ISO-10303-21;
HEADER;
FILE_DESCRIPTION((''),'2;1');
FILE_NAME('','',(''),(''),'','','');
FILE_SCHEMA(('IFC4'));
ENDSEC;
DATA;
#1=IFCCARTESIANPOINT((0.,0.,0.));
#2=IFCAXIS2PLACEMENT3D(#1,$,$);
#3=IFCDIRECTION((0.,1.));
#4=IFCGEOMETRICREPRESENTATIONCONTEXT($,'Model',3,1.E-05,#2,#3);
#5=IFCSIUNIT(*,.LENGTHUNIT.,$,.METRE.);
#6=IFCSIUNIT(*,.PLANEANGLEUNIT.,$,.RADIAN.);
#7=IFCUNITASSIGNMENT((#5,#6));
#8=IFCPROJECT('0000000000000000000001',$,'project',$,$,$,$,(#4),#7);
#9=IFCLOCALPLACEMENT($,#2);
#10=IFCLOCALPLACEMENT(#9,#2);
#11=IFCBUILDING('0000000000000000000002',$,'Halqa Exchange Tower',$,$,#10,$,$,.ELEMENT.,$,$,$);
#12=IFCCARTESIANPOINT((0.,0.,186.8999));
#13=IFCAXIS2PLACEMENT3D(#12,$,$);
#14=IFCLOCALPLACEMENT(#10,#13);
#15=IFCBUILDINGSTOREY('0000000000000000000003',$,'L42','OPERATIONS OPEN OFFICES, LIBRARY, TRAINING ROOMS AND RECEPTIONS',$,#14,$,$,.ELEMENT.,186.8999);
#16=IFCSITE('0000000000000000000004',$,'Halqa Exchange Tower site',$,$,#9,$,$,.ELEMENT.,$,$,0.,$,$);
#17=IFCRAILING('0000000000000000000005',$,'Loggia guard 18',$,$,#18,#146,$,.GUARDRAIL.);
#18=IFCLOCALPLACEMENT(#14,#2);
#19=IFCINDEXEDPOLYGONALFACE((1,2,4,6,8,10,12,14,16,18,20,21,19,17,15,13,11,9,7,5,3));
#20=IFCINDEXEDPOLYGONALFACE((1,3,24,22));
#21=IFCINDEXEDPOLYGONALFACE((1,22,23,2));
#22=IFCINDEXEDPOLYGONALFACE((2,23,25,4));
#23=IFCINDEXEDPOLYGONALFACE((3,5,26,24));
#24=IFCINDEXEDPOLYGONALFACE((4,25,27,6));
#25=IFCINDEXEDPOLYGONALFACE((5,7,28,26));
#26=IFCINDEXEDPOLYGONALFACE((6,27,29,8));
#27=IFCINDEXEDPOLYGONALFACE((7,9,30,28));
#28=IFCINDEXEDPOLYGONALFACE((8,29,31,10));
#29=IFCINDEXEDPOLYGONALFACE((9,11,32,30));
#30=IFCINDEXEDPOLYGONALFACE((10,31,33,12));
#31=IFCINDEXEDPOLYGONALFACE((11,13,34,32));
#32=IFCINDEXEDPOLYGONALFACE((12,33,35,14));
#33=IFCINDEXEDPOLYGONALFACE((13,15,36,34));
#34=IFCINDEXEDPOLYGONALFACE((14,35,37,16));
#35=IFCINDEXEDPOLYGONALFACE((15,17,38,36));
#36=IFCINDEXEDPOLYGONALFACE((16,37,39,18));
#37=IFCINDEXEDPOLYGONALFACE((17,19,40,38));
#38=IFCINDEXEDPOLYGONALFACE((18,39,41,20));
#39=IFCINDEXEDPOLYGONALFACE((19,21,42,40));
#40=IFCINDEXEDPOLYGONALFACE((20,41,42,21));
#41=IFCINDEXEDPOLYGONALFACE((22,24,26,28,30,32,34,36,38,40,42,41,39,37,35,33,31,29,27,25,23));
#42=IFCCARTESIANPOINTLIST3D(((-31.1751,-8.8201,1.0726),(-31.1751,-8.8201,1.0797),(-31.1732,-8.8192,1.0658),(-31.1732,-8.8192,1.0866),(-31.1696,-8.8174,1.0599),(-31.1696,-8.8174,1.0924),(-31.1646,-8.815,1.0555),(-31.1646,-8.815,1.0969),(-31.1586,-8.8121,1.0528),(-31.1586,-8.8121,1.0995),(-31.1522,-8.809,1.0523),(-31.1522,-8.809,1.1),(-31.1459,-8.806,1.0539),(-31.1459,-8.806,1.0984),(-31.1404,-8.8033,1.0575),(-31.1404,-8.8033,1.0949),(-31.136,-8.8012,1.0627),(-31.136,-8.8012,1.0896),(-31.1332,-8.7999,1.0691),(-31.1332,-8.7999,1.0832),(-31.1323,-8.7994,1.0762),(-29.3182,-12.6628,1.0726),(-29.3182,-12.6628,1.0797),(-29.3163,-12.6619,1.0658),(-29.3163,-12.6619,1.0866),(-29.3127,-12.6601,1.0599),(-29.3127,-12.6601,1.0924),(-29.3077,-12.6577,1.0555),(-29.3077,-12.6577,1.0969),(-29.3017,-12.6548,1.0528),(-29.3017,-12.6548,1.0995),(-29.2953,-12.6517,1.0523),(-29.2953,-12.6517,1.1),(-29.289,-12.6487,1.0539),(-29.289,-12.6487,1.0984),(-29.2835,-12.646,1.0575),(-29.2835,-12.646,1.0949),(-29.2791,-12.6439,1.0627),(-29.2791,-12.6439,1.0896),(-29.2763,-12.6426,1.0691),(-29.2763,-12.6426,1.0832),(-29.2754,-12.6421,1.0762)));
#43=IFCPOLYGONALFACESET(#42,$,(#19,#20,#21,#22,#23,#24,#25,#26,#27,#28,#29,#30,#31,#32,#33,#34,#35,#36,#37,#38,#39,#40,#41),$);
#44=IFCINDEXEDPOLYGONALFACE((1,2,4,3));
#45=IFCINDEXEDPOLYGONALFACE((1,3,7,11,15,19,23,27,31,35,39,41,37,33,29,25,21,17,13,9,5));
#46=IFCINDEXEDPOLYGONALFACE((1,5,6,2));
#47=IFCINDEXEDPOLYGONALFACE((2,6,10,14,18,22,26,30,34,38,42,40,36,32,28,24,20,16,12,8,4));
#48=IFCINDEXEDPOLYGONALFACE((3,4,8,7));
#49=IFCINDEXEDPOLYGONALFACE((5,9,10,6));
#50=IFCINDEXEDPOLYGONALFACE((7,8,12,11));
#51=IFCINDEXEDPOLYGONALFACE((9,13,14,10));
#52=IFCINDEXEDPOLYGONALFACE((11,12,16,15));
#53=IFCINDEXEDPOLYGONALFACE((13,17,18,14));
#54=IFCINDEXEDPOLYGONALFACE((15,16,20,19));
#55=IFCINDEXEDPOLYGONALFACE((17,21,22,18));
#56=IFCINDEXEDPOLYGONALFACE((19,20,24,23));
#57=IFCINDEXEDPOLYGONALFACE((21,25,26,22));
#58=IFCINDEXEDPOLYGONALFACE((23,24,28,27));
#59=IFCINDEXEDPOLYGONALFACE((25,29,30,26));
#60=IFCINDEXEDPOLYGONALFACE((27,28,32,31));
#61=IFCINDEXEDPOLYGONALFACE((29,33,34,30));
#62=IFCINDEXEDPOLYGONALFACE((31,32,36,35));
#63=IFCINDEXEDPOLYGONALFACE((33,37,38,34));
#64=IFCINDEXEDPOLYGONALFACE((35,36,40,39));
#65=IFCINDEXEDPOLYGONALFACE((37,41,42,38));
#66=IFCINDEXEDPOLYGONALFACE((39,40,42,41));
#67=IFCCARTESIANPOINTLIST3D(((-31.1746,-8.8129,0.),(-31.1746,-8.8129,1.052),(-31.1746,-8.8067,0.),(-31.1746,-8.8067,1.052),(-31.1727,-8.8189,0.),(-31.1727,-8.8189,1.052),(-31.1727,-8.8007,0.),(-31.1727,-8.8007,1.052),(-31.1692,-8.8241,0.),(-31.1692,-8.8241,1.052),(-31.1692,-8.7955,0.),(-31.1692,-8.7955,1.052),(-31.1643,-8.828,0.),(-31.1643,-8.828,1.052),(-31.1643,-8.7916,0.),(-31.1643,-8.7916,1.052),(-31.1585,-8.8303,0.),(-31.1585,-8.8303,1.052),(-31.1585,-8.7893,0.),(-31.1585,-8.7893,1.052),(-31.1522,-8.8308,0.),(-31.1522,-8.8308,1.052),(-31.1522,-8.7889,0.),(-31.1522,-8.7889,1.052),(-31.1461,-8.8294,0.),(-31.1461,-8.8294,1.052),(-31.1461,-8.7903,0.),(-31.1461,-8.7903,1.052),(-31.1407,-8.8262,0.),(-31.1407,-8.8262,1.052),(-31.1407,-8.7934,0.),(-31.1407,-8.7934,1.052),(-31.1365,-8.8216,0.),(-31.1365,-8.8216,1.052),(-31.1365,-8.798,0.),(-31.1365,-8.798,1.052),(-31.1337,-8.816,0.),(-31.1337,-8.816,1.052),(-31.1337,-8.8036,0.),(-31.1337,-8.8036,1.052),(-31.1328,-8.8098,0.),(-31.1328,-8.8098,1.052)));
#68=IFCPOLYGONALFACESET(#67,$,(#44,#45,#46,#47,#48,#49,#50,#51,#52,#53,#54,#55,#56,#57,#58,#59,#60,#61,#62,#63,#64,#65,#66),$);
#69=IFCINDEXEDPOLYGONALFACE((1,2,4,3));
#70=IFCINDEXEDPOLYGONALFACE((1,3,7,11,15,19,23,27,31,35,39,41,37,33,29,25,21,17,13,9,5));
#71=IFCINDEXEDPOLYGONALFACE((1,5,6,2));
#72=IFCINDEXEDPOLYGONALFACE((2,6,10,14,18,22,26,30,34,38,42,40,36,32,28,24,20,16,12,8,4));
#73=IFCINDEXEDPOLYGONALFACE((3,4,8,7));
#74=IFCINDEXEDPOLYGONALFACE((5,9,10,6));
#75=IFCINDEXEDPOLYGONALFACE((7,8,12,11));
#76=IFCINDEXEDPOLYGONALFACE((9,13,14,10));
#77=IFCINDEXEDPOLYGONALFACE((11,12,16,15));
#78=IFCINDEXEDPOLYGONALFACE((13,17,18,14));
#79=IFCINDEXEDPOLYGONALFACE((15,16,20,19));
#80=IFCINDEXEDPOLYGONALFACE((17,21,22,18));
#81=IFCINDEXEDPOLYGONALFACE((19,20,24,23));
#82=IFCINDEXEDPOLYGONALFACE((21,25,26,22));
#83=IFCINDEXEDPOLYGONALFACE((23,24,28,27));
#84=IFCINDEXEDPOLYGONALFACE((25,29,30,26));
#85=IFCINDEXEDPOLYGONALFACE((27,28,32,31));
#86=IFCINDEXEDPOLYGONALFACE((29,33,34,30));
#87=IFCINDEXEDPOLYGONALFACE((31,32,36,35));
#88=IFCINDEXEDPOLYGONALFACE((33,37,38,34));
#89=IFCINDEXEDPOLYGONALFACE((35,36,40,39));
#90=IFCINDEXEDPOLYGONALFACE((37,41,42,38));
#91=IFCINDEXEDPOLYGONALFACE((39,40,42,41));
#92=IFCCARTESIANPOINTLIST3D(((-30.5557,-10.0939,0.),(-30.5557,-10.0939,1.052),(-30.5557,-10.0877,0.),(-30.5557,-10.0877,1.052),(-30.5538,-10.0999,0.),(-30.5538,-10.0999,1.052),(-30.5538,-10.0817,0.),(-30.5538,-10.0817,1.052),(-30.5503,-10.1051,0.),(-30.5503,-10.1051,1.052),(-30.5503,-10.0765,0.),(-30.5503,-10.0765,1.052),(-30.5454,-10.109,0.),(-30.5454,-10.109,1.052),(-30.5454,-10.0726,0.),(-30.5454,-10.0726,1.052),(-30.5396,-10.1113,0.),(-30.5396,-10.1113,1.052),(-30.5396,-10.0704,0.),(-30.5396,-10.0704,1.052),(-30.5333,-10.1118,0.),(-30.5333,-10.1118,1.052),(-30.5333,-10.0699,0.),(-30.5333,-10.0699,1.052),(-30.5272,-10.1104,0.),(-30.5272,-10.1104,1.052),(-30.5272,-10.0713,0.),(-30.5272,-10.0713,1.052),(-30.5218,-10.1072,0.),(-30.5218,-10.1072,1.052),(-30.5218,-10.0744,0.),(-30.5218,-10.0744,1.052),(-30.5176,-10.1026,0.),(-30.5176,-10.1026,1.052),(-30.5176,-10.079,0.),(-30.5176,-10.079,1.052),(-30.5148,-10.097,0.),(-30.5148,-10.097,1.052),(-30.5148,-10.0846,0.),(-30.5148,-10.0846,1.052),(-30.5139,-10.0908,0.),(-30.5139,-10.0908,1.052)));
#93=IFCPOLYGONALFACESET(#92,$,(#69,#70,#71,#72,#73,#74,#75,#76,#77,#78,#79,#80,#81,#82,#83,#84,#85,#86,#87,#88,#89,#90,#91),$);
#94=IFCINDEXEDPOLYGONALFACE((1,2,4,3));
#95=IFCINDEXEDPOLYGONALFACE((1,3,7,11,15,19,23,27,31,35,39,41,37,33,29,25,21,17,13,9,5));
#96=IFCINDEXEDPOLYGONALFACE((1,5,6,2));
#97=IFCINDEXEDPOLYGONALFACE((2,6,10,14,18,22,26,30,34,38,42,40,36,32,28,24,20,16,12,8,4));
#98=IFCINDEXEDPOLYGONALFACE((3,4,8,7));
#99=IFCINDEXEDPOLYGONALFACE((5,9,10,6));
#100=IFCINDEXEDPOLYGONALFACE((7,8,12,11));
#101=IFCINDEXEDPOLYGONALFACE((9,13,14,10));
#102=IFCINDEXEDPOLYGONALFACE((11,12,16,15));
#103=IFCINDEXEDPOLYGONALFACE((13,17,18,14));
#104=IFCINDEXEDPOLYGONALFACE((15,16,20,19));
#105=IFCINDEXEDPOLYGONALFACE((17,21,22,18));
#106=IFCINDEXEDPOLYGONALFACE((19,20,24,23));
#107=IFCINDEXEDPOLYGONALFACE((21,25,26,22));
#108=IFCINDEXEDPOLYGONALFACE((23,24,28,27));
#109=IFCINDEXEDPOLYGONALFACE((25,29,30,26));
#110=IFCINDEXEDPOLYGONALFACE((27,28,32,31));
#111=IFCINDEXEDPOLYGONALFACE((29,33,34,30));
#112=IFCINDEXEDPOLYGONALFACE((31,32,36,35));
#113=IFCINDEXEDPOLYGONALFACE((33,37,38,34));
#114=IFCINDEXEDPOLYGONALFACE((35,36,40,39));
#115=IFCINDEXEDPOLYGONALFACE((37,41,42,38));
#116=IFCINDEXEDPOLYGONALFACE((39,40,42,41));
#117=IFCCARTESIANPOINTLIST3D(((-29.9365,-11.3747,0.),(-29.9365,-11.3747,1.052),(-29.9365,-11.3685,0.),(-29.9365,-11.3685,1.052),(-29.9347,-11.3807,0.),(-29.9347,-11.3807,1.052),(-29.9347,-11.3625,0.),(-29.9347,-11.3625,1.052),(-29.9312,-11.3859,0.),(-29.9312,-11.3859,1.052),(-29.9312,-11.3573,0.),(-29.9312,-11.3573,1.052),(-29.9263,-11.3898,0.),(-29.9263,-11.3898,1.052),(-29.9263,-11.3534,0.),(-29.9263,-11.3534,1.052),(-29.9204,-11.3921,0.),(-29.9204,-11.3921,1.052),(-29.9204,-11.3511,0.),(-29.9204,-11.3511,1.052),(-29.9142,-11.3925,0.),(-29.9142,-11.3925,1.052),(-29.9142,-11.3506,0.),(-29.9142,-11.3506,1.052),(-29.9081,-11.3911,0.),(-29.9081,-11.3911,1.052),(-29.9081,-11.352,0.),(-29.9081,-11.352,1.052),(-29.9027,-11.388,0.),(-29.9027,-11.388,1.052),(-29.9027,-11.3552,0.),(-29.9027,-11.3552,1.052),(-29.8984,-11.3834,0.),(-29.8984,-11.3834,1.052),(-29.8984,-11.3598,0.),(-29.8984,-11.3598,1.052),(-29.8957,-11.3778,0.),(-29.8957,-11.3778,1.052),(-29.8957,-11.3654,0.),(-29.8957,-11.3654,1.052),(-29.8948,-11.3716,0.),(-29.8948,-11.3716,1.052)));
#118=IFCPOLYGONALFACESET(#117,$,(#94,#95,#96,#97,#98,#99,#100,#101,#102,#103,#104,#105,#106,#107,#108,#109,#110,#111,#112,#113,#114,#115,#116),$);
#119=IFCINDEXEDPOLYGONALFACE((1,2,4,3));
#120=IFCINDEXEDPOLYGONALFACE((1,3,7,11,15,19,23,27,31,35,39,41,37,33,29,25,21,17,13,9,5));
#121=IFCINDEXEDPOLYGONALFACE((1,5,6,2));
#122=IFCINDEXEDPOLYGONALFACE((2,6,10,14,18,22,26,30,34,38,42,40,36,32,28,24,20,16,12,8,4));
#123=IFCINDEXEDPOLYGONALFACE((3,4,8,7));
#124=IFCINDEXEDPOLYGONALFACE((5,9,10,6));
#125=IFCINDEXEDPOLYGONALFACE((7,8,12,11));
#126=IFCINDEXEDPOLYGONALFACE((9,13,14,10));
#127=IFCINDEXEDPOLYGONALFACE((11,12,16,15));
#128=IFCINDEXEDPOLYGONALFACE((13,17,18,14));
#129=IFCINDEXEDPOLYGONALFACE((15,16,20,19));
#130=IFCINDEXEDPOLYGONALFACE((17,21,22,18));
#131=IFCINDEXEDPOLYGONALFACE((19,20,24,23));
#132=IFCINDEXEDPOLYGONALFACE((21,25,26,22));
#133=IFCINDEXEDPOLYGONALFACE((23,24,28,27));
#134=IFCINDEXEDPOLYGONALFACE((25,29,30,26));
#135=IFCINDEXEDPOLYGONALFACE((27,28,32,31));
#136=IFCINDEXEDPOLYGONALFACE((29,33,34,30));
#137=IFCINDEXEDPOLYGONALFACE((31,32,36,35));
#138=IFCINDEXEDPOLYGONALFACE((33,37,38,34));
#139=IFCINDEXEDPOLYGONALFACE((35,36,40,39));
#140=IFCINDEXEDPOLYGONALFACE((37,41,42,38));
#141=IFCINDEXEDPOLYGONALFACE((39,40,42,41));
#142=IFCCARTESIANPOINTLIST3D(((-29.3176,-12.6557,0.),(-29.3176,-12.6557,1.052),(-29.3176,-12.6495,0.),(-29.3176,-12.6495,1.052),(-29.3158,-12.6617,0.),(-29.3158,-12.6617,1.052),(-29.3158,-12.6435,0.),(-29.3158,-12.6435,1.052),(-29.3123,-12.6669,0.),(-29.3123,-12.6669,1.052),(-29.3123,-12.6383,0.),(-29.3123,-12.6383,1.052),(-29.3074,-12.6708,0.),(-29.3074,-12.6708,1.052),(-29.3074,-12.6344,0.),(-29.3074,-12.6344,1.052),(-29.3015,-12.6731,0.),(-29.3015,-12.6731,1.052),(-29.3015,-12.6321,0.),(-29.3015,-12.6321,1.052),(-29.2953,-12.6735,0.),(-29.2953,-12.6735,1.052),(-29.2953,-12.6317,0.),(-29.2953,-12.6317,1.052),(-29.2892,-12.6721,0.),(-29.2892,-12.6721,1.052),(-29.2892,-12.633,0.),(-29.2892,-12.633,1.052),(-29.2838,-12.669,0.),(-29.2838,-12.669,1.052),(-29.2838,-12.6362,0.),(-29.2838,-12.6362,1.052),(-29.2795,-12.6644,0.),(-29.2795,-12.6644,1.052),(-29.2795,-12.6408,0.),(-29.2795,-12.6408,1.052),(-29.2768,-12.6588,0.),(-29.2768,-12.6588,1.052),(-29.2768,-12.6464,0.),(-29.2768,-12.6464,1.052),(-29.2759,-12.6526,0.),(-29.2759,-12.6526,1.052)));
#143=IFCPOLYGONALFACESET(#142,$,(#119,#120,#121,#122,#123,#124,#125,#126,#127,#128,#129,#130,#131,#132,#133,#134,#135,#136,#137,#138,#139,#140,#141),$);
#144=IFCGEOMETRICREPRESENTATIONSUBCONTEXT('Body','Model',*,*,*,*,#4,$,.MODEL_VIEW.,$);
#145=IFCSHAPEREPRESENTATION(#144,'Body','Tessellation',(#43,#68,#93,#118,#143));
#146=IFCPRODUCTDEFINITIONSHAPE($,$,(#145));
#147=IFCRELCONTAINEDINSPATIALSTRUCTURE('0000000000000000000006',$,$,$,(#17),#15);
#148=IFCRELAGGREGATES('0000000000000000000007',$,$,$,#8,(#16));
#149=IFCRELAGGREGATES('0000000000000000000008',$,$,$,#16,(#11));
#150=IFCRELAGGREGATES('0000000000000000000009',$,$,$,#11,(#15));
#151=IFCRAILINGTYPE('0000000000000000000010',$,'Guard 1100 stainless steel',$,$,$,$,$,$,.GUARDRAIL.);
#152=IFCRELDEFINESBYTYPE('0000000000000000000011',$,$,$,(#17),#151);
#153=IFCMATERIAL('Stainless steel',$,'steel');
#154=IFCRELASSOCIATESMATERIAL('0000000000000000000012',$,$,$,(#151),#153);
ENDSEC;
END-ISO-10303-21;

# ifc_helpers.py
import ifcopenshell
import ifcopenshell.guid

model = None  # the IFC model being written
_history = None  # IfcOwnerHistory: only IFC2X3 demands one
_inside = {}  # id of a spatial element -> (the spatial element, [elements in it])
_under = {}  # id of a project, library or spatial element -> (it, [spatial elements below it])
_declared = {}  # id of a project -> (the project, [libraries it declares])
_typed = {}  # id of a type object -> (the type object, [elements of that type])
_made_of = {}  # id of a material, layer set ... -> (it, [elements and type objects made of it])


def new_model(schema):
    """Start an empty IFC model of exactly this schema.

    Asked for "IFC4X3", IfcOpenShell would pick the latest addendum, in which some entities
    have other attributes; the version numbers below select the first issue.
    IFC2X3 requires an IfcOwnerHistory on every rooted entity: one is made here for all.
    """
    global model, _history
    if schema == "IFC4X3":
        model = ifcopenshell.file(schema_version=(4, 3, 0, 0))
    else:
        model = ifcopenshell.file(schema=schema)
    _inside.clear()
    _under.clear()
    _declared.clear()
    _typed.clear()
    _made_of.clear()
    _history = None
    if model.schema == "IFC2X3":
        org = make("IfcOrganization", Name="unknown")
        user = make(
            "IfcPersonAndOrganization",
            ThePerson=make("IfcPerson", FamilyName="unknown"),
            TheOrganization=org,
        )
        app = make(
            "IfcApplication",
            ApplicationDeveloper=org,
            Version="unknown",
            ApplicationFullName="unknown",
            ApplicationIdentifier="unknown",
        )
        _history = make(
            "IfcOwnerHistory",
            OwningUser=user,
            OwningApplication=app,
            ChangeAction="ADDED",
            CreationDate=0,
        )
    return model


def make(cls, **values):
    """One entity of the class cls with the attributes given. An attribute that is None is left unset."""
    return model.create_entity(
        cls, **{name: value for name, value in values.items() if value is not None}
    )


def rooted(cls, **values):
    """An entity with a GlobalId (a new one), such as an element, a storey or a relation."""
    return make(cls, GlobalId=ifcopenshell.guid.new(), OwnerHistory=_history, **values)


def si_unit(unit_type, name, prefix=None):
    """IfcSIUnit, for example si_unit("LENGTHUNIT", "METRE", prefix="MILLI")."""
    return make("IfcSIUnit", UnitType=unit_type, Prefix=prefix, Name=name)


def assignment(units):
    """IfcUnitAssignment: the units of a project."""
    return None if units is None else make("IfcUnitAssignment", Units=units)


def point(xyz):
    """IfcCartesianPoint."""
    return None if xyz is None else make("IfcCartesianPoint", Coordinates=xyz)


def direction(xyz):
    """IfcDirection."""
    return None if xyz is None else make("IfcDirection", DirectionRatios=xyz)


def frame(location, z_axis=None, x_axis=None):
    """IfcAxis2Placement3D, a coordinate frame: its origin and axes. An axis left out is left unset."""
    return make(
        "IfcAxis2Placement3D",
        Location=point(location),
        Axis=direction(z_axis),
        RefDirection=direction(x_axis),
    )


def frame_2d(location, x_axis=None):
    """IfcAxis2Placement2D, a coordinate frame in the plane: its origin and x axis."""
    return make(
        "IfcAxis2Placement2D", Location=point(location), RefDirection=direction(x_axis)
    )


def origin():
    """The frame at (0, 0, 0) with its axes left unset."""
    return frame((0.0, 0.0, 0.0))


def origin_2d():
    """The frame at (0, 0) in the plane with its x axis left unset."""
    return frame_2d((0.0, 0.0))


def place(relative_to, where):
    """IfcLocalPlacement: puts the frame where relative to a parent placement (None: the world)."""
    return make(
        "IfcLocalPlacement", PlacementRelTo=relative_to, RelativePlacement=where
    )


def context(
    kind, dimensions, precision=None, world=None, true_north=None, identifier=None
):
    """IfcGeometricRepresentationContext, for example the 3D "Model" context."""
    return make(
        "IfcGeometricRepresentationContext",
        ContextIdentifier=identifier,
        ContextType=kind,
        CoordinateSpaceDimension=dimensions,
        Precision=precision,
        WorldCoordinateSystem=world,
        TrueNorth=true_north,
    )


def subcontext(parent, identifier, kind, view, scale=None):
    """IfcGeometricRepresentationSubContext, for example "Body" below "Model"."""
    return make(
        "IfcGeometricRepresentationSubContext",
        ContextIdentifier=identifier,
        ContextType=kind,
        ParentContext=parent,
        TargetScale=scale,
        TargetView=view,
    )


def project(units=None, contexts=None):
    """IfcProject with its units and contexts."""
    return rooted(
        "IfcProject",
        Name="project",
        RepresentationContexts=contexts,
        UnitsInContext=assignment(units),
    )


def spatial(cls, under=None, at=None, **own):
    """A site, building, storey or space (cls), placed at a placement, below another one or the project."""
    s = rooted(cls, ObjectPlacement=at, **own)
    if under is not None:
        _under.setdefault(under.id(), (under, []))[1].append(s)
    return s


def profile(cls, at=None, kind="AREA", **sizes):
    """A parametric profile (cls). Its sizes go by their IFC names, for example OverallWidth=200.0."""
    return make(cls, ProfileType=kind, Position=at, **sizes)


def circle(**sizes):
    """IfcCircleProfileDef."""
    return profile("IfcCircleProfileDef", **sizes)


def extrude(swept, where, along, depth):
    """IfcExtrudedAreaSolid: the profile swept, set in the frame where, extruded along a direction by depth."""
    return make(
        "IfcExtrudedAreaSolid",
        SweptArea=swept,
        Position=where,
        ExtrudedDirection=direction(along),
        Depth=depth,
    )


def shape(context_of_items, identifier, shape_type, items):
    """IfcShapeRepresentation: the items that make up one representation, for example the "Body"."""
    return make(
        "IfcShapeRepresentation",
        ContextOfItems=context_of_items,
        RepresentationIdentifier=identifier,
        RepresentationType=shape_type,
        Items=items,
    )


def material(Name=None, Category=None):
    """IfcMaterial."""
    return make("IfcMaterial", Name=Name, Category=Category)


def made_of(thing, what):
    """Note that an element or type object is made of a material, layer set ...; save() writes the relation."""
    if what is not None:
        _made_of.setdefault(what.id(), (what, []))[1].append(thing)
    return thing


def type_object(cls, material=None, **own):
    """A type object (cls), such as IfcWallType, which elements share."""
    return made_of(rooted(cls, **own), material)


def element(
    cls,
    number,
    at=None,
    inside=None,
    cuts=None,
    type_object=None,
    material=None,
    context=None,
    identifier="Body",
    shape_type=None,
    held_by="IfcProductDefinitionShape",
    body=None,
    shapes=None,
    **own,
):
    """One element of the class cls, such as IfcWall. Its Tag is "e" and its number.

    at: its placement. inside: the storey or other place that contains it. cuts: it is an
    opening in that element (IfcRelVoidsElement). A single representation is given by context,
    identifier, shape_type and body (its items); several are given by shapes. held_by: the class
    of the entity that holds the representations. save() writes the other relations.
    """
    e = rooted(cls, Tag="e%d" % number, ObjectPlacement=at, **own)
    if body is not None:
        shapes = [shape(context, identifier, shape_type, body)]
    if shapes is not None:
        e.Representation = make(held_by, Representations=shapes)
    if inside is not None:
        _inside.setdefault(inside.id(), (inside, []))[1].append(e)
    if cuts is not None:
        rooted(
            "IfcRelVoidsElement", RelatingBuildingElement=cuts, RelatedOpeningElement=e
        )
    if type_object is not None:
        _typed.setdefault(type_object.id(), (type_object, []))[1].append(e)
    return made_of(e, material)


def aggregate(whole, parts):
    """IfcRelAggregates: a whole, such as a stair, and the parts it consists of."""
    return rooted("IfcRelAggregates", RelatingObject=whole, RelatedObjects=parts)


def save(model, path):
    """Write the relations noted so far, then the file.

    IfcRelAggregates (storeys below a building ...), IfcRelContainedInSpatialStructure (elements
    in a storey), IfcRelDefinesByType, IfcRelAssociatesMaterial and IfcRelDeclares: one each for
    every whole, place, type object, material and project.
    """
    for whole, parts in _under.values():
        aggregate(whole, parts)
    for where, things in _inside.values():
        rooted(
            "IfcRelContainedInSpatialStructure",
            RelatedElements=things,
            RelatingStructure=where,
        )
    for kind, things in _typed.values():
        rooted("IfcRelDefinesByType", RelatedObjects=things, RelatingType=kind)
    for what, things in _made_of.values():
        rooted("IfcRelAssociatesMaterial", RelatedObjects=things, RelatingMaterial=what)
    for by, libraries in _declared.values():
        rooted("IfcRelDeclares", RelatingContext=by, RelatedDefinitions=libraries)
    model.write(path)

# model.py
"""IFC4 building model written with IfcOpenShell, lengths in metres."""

from ifc_helpers import new_model, si_unit, direction, frame, origin, origin_2d, place, context, subcontext, project, spatial, circle, extrude, material, type_object, element, save


model = new_model("IFC4")

# Units and contexts
model_context = context("Model", 3, precision=1e-05, world=origin(), true_north=direction((0.0, 1.0)))
body_context = subcontext(model_context, "Body", "Model", "MODEL_VIEW")
ifc_project = project(units=[si_unit("LENGTHUNIT", "METRE"), si_unit("PLANEANGLEUNIT", "RADIAN")], contexts=[model_context])

# Site, building, storey
site_placement = place(None, origin())
site = spatial("IfcSite", under=ifc_project, at=site_placement, Name="Halqa Exchange Tower site", CompositionType="ELEMENT", RefElevation=0.0)
building_placement = place(site_placement, origin())
building = spatial("IfcBuilding", under=site, at=building_placement, Name="Halqa Exchange Tower", CompositionType="ELEMENT")
storey_placement = place(building_placement, frame((0.0, 0.0, 186.8999)))
storey = spatial("IfcBuildingStorey", under=building, at=storey_placement, Name="L42", Description="OPERATIONS OPEN OFFICES, LIBRARY, TRAINING ROOMS AND RECEPTIONS", CompositionType="ELEMENT", Elevation=186.8999)

# Railing
ifc_material_1 = material(Name="Stainless steel", Category="steel")
railing_type = type_object("IfcRailingType", Name="Guard 1100 stainless steel", PredefinedType="GUARDRAIL", material=ifc_material_1)
railing_1_placement = place(storey_placement, frame((-31.1538, -8.8098, 0.0)))
element("IfcRailing", 1, at=railing_1_placement, inside=storey, type_object=railing_type, Name="Loggia guard 18", PredefinedType="GUARDRAIL", context=body_context, shape_type="SweptSolid", body=[
    extrude(circle(Radius=0.0239, at=origin_2d()), frame((0.0, 0.0, 1.0762), z_axis=(0.435091, -0.900386, 0.0), x_axis=(0.900386, 0.435091, 0.0)), (0.0, 0.0, 1.0), 4.2678),
    extrude(circle(Radius=0.021, at=origin_2d()), origin(), (0.0, 0.0, 1.0), 1.052),
    extrude(circle(Radius=0.021, at=origin_2d()), frame((0.6189, -1.281, 0.0)), (0.0, 0.0, 1.0), 1.052),
    extrude(circle(Radius=0.021, at=origin_2d()), frame((1.238, -2.5618, 0.0)), (0.0, 0.0, 1.0), 1.052),
    extrude(circle(Radius=0.021, at=origin_2d()), frame((1.8569, -3.8428, 0.0)), (0.0, 0.0, 1.0), 1.052),
])

save(model, "model.ifc")
